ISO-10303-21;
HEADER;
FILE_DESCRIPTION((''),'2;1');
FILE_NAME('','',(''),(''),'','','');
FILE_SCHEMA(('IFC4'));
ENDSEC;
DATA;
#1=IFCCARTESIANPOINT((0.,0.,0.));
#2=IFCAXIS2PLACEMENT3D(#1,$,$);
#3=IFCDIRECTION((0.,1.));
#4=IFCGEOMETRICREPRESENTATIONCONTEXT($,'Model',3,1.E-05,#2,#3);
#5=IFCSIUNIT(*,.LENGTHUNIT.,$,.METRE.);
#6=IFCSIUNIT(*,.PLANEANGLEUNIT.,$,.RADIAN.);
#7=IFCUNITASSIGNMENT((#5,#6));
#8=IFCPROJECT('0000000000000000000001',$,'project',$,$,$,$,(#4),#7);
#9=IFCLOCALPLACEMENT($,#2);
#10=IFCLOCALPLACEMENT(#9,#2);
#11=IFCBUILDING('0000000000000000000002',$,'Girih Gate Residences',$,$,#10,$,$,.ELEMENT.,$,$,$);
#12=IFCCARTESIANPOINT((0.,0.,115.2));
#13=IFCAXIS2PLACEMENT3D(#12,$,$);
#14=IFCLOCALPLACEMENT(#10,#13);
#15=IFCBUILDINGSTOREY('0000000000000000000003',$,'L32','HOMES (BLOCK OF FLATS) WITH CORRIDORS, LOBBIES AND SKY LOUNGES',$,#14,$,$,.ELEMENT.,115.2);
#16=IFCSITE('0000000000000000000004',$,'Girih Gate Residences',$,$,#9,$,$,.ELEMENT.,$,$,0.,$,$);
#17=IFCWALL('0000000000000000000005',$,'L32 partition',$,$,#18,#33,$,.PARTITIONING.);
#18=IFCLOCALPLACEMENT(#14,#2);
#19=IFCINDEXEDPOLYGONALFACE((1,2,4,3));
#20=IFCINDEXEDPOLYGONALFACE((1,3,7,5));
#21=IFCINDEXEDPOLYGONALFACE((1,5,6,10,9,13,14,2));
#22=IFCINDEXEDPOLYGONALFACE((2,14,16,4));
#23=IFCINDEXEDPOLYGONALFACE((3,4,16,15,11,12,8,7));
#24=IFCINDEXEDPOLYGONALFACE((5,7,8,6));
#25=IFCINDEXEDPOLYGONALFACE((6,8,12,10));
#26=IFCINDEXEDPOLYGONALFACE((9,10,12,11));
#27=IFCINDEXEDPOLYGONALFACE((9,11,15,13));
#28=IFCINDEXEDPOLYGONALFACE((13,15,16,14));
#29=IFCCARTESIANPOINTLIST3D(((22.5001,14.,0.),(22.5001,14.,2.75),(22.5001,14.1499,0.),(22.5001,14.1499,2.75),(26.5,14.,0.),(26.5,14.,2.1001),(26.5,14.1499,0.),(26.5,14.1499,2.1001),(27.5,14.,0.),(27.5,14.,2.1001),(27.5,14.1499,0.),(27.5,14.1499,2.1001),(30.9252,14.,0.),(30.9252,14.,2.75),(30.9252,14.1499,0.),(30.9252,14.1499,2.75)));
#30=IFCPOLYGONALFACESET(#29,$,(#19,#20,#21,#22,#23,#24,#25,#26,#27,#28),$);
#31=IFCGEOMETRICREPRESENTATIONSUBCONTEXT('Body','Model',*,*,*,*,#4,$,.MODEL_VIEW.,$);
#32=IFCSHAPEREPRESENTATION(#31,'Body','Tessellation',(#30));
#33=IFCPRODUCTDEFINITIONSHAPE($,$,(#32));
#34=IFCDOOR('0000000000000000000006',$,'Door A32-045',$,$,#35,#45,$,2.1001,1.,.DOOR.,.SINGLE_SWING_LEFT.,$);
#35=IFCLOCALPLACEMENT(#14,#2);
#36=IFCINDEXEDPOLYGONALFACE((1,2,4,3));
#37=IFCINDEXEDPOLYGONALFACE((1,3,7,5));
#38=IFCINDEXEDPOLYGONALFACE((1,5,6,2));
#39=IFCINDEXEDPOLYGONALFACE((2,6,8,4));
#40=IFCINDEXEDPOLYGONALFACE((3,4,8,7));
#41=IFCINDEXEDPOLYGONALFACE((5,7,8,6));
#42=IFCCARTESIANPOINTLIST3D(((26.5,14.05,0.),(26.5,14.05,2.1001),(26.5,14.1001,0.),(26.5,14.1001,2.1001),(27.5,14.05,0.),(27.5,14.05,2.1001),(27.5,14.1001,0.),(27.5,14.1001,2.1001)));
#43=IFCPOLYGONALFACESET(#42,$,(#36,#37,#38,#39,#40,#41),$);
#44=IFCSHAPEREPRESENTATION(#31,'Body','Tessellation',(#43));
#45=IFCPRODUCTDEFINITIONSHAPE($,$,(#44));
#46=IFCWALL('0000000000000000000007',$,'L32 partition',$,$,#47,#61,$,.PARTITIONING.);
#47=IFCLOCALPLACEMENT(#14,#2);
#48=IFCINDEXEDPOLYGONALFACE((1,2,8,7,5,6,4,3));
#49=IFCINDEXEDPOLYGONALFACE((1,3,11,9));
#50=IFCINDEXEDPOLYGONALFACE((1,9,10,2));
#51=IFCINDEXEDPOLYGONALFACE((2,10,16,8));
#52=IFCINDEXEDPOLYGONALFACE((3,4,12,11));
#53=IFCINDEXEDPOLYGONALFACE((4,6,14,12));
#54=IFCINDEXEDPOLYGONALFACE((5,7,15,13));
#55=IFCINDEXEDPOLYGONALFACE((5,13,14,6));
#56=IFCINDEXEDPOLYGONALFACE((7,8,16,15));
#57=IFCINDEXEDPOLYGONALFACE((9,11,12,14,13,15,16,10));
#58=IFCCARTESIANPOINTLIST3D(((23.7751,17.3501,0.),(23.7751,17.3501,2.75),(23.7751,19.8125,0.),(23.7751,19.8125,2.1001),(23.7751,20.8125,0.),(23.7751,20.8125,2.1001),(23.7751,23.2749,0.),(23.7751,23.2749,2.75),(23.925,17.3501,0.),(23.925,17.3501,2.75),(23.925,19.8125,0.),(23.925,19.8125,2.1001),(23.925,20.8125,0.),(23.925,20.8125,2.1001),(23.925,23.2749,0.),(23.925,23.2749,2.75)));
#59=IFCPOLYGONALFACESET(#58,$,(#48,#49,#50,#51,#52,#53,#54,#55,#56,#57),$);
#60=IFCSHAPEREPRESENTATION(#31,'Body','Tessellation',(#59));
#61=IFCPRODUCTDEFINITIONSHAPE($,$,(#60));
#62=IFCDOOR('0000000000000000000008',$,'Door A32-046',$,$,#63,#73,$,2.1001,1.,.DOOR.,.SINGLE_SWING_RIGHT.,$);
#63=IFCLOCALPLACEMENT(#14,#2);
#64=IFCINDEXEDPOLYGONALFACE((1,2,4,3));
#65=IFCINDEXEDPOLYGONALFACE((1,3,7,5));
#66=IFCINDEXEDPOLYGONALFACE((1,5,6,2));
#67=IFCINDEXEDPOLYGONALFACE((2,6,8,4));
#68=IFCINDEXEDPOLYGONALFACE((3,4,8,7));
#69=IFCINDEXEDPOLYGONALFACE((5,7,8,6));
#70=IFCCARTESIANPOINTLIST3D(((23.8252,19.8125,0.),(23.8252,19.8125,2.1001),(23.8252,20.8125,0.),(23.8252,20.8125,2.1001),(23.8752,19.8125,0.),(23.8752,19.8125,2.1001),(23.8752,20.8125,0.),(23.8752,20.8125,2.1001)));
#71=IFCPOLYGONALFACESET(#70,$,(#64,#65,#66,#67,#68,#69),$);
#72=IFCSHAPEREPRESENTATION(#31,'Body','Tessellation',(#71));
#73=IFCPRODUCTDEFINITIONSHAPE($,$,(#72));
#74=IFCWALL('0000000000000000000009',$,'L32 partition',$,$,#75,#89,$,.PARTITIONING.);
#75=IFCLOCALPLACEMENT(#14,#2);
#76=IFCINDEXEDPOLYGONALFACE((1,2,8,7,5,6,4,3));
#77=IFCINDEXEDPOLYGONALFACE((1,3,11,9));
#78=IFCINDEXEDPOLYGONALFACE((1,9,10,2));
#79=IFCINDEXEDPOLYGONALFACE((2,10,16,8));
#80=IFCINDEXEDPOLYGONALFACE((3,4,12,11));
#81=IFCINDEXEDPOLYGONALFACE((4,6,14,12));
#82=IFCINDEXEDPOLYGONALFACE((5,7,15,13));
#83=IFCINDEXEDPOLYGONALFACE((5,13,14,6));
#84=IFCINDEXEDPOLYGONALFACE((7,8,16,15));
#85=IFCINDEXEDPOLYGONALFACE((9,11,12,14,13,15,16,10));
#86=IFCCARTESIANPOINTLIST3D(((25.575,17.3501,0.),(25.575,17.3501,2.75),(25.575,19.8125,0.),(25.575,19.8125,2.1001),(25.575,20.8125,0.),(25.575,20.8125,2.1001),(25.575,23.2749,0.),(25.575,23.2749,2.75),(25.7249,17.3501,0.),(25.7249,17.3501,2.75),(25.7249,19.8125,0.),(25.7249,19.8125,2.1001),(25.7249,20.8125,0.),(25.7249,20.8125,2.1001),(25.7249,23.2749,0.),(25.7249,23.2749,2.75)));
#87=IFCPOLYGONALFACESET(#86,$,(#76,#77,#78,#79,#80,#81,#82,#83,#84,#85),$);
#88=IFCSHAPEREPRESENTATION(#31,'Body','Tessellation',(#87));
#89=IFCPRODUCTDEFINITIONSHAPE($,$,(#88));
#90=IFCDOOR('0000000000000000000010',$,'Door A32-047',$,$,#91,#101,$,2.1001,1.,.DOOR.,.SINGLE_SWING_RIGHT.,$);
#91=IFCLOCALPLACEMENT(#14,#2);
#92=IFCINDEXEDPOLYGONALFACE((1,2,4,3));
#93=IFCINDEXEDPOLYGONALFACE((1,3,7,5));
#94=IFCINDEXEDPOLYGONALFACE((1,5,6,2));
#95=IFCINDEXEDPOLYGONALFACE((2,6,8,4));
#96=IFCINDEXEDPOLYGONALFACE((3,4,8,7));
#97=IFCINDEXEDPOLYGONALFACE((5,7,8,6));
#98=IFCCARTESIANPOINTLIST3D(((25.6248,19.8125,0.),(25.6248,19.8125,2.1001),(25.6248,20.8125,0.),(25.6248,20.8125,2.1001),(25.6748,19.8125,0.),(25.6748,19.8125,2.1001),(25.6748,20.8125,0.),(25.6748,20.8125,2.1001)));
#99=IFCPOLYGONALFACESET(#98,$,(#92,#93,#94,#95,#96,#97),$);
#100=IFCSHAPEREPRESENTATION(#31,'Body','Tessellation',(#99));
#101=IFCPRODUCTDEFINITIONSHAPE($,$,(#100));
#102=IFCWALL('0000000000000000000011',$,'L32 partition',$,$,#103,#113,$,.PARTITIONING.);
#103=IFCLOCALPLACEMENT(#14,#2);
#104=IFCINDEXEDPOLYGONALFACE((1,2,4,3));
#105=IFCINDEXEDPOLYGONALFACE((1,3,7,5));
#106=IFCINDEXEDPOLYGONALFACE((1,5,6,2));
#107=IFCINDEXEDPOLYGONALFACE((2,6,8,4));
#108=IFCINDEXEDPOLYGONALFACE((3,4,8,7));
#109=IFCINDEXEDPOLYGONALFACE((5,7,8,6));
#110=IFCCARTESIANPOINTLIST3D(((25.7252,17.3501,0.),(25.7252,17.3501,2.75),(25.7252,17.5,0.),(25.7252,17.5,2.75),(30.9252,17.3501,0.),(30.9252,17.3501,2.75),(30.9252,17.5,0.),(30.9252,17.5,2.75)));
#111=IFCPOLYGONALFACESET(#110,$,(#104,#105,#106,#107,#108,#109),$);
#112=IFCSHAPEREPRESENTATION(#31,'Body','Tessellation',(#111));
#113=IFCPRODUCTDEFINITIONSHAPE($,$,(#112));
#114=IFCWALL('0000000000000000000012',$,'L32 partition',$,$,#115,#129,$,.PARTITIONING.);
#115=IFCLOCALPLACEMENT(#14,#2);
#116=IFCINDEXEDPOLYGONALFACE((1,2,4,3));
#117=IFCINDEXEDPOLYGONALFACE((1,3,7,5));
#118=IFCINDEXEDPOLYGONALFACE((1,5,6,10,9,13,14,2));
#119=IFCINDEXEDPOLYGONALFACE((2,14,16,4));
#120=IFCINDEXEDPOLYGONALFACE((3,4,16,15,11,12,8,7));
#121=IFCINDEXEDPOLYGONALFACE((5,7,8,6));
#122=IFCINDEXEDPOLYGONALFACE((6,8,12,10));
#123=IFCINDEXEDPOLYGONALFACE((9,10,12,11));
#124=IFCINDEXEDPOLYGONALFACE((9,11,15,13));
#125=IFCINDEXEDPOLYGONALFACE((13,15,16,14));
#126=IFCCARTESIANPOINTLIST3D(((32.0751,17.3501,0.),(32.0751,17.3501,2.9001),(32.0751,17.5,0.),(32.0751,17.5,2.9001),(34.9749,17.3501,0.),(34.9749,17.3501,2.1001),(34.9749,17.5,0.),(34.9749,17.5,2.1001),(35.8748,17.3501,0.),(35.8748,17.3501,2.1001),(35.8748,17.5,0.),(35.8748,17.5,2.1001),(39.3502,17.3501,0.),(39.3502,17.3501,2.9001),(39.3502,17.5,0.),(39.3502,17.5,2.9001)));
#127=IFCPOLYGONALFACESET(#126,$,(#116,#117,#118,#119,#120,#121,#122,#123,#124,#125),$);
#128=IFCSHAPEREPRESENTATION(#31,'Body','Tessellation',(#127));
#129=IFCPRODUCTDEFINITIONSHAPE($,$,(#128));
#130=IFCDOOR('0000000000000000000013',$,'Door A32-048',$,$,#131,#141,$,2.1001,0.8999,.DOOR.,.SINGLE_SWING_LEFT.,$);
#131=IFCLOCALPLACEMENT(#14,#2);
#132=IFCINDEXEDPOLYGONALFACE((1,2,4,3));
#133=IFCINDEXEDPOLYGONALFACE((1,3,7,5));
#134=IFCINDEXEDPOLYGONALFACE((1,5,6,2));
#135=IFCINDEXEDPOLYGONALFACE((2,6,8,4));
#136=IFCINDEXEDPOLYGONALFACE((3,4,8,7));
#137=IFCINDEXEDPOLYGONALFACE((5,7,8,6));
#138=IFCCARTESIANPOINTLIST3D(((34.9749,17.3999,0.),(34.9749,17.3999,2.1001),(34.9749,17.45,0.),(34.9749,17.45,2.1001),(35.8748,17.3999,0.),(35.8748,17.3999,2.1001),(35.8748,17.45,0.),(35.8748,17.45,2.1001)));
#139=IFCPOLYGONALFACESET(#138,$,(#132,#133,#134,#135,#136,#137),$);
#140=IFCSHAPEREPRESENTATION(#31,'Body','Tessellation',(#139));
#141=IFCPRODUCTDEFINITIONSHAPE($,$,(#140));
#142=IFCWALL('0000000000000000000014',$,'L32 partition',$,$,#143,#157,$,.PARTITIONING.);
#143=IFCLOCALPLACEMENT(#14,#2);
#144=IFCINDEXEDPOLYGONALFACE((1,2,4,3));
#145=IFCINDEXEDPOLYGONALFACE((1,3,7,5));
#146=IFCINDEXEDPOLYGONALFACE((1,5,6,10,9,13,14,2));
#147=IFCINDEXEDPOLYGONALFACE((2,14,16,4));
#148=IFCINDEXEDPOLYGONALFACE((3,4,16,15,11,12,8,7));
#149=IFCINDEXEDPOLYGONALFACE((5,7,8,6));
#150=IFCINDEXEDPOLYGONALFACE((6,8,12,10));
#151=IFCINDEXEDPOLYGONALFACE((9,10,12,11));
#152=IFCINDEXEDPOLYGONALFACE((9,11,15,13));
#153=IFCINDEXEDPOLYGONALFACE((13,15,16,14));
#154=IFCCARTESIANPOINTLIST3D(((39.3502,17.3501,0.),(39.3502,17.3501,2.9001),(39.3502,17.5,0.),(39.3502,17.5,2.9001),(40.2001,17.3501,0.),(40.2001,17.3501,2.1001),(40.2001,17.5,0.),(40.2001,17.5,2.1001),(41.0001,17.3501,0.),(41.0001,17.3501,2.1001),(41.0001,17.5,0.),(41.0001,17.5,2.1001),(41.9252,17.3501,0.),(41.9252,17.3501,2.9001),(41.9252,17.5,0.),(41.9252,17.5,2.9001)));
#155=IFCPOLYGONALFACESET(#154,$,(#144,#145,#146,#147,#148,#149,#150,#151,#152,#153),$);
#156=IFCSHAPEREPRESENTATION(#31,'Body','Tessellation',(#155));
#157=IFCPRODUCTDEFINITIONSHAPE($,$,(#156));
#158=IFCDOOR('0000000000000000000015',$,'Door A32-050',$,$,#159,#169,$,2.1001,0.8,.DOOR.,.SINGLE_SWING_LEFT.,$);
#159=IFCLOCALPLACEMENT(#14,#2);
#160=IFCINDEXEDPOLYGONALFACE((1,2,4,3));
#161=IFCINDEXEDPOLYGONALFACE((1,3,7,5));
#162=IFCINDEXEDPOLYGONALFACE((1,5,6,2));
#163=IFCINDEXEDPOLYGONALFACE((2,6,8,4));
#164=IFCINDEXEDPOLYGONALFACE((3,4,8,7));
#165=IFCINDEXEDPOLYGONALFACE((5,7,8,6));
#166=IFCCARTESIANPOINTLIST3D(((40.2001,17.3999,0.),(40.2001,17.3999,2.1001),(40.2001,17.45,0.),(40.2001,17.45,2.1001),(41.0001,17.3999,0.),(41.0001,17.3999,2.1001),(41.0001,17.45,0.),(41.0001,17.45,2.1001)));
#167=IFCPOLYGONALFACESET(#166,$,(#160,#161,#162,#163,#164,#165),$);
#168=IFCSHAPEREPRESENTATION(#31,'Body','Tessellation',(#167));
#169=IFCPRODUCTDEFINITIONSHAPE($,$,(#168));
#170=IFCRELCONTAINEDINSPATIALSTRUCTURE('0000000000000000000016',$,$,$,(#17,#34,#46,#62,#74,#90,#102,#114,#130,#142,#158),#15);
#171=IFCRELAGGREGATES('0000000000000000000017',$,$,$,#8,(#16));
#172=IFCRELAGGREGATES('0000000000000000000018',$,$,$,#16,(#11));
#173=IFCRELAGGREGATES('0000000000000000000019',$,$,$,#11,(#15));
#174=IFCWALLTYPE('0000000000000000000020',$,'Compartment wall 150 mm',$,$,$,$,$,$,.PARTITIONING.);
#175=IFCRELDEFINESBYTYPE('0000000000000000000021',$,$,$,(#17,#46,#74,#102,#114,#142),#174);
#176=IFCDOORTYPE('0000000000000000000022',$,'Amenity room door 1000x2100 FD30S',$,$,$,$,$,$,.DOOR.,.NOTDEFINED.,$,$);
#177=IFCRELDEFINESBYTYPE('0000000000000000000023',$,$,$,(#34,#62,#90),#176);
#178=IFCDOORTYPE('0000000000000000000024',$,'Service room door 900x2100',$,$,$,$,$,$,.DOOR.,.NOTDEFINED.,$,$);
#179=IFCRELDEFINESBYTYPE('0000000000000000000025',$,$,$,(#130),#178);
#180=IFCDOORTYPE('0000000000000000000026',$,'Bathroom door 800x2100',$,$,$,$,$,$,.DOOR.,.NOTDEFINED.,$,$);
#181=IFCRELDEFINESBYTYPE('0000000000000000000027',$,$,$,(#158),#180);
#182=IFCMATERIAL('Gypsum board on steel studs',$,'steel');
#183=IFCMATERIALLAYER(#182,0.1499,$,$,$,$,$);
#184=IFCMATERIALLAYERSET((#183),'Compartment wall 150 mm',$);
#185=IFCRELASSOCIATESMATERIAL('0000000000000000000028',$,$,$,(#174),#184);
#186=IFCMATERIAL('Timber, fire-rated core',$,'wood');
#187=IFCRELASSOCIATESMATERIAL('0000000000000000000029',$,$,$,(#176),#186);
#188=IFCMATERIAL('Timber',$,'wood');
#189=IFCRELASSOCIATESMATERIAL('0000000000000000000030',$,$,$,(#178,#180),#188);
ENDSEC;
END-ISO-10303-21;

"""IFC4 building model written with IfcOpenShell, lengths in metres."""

from ifc_helpers import new_model, si_unit, direction, frame, frame_2d, origin, place, context, subcontext, project, spatial, rectangle, extrude, material, layer, layer_set, type_object, element, fill, save


model = new_model("IFC4")

# Units and contexts
model_context = context("Model", 3, precision=1e-05, world=origin(), true_north=direction((0.0, 1.0)))
body_context = subcontext(model_context, "Body", "Model", "MODEL_VIEW")
ifc_project = project(units=[si_unit("LENGTHUNIT", "METRE"), si_unit("PLANEANGLEUNIT", "RADIAN")], contexts=[model_context])

# Site, building, storey
site_placement = place(None, origin())
site = spatial("IfcSite", under=ifc_project, at=site_placement, Name="Girih Gate Residences", CompositionType="ELEMENT", RefElevation=0.0)
building_placement = place(site_placement, origin())
building = spatial("IfcBuilding", under=site, at=building_placement, Name="Girih Gate Residences", CompositionType="ELEMENT")
storey_placement = place(building_placement, frame((0.0, 0.0, 115.2)))
storey = spatial("IfcBuildingStorey", under=building, at=storey_placement, Name="L32", Description="HOMES (BLOCK OF FLATS) WITH CORRIDORS, LOBBIES AND SKY LOUNGES", CompositionType="ELEMENT", Elevation=115.2)

# Shared definitions
ifc_material_1 = material(Name="Gypsum board on steel studs", Category="steel")
ifc_layer_1 = layer(ifc_material_1, 0.1499)
ifc_layer_set_1 = layer_set([ifc_layer_1], Name="Compartment wall 150 mm")
wall_type_1 = type_object("IfcWallType", Name="Compartment wall 150 mm", PredefinedType="PARTITIONING", material=ifc_layer_set_1)

# Shared definitions
ifc_material_2 = material(Name="Timber, fire-rated core", Category="wood")

# Walls, openings, doors
wall_1_placement = place(storey_placement, frame((30.925, 14.075, 0.0), z_axis=(0.0, 0.0, 1.0), x_axis=(-1.0, 0.0, 0.0)))
wall_1 = element("IfcWall", 1, at=wall_1_placement, inside=storey, type_object=wall_type_1, Name="L32 partition", PredefinedType="PARTITIONING", context=body_context, shape_type="SweptSolid", body=[
    extrude(rectangle(XDim=8.425, YDim=0.1499, at=frame_2d((4.2124, 0.0))), origin(), (0.0, 0.0, 1.0), 2.75),
])
opening_1_placement = place(wall_1_placement, frame((3.425, 0.0, 0.0)))
opening_1 = element("IfcOpeningElement", 2, at=opening_1_placement, cuts=wall_1, PredefinedType="OPENING", context=body_context, shape_type="SweptSolid", body=[
    extrude(rectangle(XDim=1.0, YDim=2.1001, at=frame_2d((0.5, 1.05))), frame((0.0, 0.085, 0.0), z_axis=(0.0, -1.0, 0.0), x_axis=(1.0, 0.0, 0.0)), (0.0, 0.0, 1.0), 0.1699),
])
door_type_1 = type_object("IfcDoorType", Name="Amenity room door 1000x2100 FD30S", OperationType="NOTDEFINED", PredefinedType="DOOR", material=ifc_material_2)
door_1_placement = place(opening_1_placement, origin())
door_1 = element("IfcDoor", 3, at=door_1_placement, inside=storey, type_object=door_type_1, Name="Door A32-045", OperationType="SINGLE_SWING_LEFT", OverallHeight=2.1001, OverallWidth=1.0, PredefinedType="DOOR", context=body_context, shape_type="SweptSolid", body=[
    extrude(rectangle(XDim=1.0, YDim=2.1001, at=frame_2d((0.5, 1.05))), frame((0.0, 0.0249, 0.0), z_axis=(0.0, -1.0, 0.0), x_axis=(1.0, 0.0, 0.0)), (0.0, 0.0, 1.0), 0.05),
])
fill(opening_1, door_1)
wall_2_placement = place(storey_placement, frame((23.8501, 17.3501, 0.0), z_axis=(0.0, 0.0, 1.0), x_axis=(0.0, 1.0, 0.0)))
wall_2 = element("IfcWall", 4, at=wall_2_placement, inside=storey, type_object=wall_type_1, Name="L32 partition", PredefinedType="PARTITIONING", context=body_context, shape_type="SweptSolid", body=[
    extrude(rectangle(XDim=5.9248, YDim=0.1499, at=frame_2d((2.9624, 0.0))), origin(), (0.0, 0.0, 1.0), 2.75),
])
opening_2_placement = place(wall_2_placement, frame((2.4624, 0.0, 0.0)))
opening_2 = element("IfcOpeningElement", 5, at=opening_2_placement, cuts=wall_2, PredefinedType="OPENING", context=body_context, shape_type="SweptSolid", body=[
    extrude(rectangle(XDim=1.0, YDim=2.1001, at=frame_2d((0.5, 1.05))), frame((0.0, 0.085, 0.0), z_axis=(0.0, -1.0, 0.0), x_axis=(1.0, 0.0, 0.0)), (0.0, 0.0, 1.0), 0.1699),
])
door_2_placement = place(opening_2_placement, origin())
door_2 = element("IfcDoor", 6, at=door_2_placement, inside=storey, type_object=door_type_1, Name="Door A32-046", OperationType="SINGLE_SWING_RIGHT", OverallHeight=2.1001, OverallWidth=1.0, PredefinedType="DOOR", context=body_context, shape_type="SweptSolid", body=[
    extrude(rectangle(XDim=1.0, YDim=2.1001, at=frame_2d((0.5, 1.05))), frame((0.0, 0.0249, 0.0), z_axis=(0.0, -1.0, 0.0), x_axis=(1.0, 0.0, 0.0)), (0.0, 0.0, 1.0), 0.05),
])
fill(opening_2, door_2)
wall_3_placement = place(storey_placement, frame((25.6499, 23.2749, 0.0), z_axis=(0.0, 0.0, 1.0), x_axis=(0.0, -1.0, 0.0)))
wall_3 = element("IfcWall", 7, at=wall_3_placement, inside=storey, type_object=wall_type_1, Name="L32 partition", PredefinedType="PARTITIONING", context=body_context, shape_type="SweptSolid", body=[
    extrude(rectangle(XDim=5.9248, YDim=0.1499, at=frame_2d((2.9624, 0.0))), origin(), (0.0, 0.0, 1.0), 2.75),
])
opening_3_placement = place(wall_3_placement, frame((2.4624, 0.0, 0.0)))
opening_3 = element("IfcOpeningElement", 8, at=opening_3_placement, cuts=wall_3, PredefinedType="OPENING", context=body_context, shape_type="SweptSolid", body=[
    extrude(rectangle(XDim=1.0, YDim=2.1001, at=frame_2d((0.5, 1.05))), frame((0.0, 0.085, 0.0), z_axis=(0.0, -1.0, 0.0), x_axis=(1.0, 0.0, 0.0)), (0.0, 0.0, 1.0), 0.1699),
])
door_3_placement = place(opening_3_placement, origin())
door_3 = element("IfcDoor", 9, at=door_3_placement, inside=storey, type_object=door_type_1, Name="Door A32-047", OperationType="SINGLE_SWING_RIGHT", OverallHeight=2.1001, OverallWidth=1.0, PredefinedType="DOOR", context=body_context, shape_type="SweptSolid", body=[
    extrude(rectangle(XDim=1.0, YDim=2.1001, at=frame_2d((0.5, 1.05))), frame((0.0, 0.0249, 0.0), z_axis=(0.0, -1.0, 0.0), x_axis=(1.0, 0.0, 0.0)), (0.0, 0.0, 1.0), 0.05),
])
fill(opening_3, door_3)

# Wall
wall_4_placement = place(storey_placement, frame((25.7251, 17.425, 0.0), z_axis=(0.0, 0.0, 1.0), x_axis=(1.0, 0.0, 0.0)))
element("IfcWall", 10, at=wall_4_placement, inside=storey, type_object=wall_type_1, Name="L32 partition", PredefinedType="PARTITIONING", context=body_context, shape_type="SweptSolid", body=[
    extrude(rectangle(XDim=5.2, YDim=0.1499, at=frame_2d((2.6001, 0.0))), origin(), (0.0, 0.0, 1.0), 2.75),
])

# Walls, openings, doors
wall_5_placement = place(storey_placement, frame((32.075, 17.425, 0.0), z_axis=(0.0, 0.0, 1.0), x_axis=(1.0, 0.0, 0.0)))
wall_5 = element("IfcWall", 11, at=wall_5_placement, inside=storey, type_object=wall_type_1, Name="L32 partition", PredefinedType="PARTITIONING", context=body_context, shape_type="SweptSolid", body=[
    extrude(rectangle(XDim=7.2751, YDim=0.1499, at=frame_2d((3.6377, 0.0))), origin(), (0.0, 0.0, 1.0), 2.9001),
])
opening_4_placement = place(wall_5_placement, frame((2.8999, 0.0, 0.0)))
opening_4 = element("IfcOpeningElement", 12, at=opening_4_placement, cuts=wall_5, PredefinedType="OPENING", context=body_context, shape_type="SweptSolid", body=[
    extrude(rectangle(XDim=0.8999, YDim=2.1001, at=frame_2d((0.45, 1.05))), frame((0.0, 0.085, 0.0), z_axis=(0.0, -1.0, 0.0), x_axis=(1.0, 0.0, 0.0)), (0.0, 0.0, 1.0), 0.1699),
])
ifc_material_3 = material(Name="Timber", Category="wood")
door_type_2 = type_object("IfcDoorType", Name="Service room door 900x2100", OperationType="NOTDEFINED", PredefinedType="DOOR", material=ifc_material_3)
door_4_placement = place(opening_4_placement, origin())
door_4 = element("IfcDoor", 13, at=door_4_placement, inside=storey, type_object=door_type_2, Name="Door A32-048", OperationType="SINGLE_SWING_LEFT", OverallHeight=2.1001, OverallWidth=0.8999, PredefinedType="DOOR", context=body_context, shape_type="SweptSolid", body=[
    extrude(rectangle(XDim=0.8999, YDim=2.1001, at=frame_2d((0.45, 1.05))), frame((0.0, 0.0249, 0.0), z_axis=(0.0, -1.0, 0.0), x_axis=(1.0, 0.0, 0.0)), (0.0, 0.0, 1.0), 0.05),
])
fill(opening_4, door_4)
wall_6_placement = place(storey_placement, frame((39.3501, 17.425, 0.0), z_axis=(0.0, 0.0, 1.0), x_axis=(1.0, 0.0, 0.0)))
wall_6 = element("IfcWall", 14, at=wall_6_placement, inside=storey, type_object=wall_type_1, Name="L32 partition", PredefinedType="PARTITIONING", context=body_context, shape_type="SweptSolid", body=[
    extrude(rectangle(XDim=2.575, YDim=0.1499, at=frame_2d((1.2876, 0.0))), origin(), (0.0, 0.0, 1.0), 2.9001),
])
opening_5_placement = place(wall_6_placement, frame((0.8501, 0.0, 0.0)))
opening_5 = element("IfcOpeningElement", 15, at=opening_5_placement, cuts=wall_6, PredefinedType="OPENING", context=body_context, shape_type="SweptSolid", body=[
    extrude(rectangle(XDim=0.8, YDim=2.1001, at=frame_2d((0.3999, 1.05))), frame((0.0, 0.085, 0.0), z_axis=(0.0, -1.0, 0.0), x_axis=(1.0, 0.0, 0.0)), (0.0, 0.0, 1.0), 0.1699),
])
door_type_3 = type_object("IfcDoorType", Name="Bathroom door 800x2100", OperationType="NOTDEFINED", PredefinedType="DOOR", material=ifc_material_3)
door_5_placement = place(opening_5_placement, origin())
door_5 = element("IfcDoor", 16, at=door_5_placement, inside=storey, type_object=door_type_3, Name="Door A32-050", OperationType="SINGLE_SWING_LEFT", OverallHeight=2.1001, OverallWidth=0.8, PredefinedType="DOOR", context=body_context, shape_type="SweptSolid", body=[
    extrude(rectangle(XDim=0.8, YDim=2.1001, at=frame_2d((0.3999, 1.05))), frame((0.0, 0.0249, 0.0), z_axis=(0.0, -1.0, 0.0), x_axis=(1.0, 0.0, 0.0)), (0.0, 0.0, 1.0), 0.05),
])
fill(opening_5, door_5)

save(model, "model.ifc")
